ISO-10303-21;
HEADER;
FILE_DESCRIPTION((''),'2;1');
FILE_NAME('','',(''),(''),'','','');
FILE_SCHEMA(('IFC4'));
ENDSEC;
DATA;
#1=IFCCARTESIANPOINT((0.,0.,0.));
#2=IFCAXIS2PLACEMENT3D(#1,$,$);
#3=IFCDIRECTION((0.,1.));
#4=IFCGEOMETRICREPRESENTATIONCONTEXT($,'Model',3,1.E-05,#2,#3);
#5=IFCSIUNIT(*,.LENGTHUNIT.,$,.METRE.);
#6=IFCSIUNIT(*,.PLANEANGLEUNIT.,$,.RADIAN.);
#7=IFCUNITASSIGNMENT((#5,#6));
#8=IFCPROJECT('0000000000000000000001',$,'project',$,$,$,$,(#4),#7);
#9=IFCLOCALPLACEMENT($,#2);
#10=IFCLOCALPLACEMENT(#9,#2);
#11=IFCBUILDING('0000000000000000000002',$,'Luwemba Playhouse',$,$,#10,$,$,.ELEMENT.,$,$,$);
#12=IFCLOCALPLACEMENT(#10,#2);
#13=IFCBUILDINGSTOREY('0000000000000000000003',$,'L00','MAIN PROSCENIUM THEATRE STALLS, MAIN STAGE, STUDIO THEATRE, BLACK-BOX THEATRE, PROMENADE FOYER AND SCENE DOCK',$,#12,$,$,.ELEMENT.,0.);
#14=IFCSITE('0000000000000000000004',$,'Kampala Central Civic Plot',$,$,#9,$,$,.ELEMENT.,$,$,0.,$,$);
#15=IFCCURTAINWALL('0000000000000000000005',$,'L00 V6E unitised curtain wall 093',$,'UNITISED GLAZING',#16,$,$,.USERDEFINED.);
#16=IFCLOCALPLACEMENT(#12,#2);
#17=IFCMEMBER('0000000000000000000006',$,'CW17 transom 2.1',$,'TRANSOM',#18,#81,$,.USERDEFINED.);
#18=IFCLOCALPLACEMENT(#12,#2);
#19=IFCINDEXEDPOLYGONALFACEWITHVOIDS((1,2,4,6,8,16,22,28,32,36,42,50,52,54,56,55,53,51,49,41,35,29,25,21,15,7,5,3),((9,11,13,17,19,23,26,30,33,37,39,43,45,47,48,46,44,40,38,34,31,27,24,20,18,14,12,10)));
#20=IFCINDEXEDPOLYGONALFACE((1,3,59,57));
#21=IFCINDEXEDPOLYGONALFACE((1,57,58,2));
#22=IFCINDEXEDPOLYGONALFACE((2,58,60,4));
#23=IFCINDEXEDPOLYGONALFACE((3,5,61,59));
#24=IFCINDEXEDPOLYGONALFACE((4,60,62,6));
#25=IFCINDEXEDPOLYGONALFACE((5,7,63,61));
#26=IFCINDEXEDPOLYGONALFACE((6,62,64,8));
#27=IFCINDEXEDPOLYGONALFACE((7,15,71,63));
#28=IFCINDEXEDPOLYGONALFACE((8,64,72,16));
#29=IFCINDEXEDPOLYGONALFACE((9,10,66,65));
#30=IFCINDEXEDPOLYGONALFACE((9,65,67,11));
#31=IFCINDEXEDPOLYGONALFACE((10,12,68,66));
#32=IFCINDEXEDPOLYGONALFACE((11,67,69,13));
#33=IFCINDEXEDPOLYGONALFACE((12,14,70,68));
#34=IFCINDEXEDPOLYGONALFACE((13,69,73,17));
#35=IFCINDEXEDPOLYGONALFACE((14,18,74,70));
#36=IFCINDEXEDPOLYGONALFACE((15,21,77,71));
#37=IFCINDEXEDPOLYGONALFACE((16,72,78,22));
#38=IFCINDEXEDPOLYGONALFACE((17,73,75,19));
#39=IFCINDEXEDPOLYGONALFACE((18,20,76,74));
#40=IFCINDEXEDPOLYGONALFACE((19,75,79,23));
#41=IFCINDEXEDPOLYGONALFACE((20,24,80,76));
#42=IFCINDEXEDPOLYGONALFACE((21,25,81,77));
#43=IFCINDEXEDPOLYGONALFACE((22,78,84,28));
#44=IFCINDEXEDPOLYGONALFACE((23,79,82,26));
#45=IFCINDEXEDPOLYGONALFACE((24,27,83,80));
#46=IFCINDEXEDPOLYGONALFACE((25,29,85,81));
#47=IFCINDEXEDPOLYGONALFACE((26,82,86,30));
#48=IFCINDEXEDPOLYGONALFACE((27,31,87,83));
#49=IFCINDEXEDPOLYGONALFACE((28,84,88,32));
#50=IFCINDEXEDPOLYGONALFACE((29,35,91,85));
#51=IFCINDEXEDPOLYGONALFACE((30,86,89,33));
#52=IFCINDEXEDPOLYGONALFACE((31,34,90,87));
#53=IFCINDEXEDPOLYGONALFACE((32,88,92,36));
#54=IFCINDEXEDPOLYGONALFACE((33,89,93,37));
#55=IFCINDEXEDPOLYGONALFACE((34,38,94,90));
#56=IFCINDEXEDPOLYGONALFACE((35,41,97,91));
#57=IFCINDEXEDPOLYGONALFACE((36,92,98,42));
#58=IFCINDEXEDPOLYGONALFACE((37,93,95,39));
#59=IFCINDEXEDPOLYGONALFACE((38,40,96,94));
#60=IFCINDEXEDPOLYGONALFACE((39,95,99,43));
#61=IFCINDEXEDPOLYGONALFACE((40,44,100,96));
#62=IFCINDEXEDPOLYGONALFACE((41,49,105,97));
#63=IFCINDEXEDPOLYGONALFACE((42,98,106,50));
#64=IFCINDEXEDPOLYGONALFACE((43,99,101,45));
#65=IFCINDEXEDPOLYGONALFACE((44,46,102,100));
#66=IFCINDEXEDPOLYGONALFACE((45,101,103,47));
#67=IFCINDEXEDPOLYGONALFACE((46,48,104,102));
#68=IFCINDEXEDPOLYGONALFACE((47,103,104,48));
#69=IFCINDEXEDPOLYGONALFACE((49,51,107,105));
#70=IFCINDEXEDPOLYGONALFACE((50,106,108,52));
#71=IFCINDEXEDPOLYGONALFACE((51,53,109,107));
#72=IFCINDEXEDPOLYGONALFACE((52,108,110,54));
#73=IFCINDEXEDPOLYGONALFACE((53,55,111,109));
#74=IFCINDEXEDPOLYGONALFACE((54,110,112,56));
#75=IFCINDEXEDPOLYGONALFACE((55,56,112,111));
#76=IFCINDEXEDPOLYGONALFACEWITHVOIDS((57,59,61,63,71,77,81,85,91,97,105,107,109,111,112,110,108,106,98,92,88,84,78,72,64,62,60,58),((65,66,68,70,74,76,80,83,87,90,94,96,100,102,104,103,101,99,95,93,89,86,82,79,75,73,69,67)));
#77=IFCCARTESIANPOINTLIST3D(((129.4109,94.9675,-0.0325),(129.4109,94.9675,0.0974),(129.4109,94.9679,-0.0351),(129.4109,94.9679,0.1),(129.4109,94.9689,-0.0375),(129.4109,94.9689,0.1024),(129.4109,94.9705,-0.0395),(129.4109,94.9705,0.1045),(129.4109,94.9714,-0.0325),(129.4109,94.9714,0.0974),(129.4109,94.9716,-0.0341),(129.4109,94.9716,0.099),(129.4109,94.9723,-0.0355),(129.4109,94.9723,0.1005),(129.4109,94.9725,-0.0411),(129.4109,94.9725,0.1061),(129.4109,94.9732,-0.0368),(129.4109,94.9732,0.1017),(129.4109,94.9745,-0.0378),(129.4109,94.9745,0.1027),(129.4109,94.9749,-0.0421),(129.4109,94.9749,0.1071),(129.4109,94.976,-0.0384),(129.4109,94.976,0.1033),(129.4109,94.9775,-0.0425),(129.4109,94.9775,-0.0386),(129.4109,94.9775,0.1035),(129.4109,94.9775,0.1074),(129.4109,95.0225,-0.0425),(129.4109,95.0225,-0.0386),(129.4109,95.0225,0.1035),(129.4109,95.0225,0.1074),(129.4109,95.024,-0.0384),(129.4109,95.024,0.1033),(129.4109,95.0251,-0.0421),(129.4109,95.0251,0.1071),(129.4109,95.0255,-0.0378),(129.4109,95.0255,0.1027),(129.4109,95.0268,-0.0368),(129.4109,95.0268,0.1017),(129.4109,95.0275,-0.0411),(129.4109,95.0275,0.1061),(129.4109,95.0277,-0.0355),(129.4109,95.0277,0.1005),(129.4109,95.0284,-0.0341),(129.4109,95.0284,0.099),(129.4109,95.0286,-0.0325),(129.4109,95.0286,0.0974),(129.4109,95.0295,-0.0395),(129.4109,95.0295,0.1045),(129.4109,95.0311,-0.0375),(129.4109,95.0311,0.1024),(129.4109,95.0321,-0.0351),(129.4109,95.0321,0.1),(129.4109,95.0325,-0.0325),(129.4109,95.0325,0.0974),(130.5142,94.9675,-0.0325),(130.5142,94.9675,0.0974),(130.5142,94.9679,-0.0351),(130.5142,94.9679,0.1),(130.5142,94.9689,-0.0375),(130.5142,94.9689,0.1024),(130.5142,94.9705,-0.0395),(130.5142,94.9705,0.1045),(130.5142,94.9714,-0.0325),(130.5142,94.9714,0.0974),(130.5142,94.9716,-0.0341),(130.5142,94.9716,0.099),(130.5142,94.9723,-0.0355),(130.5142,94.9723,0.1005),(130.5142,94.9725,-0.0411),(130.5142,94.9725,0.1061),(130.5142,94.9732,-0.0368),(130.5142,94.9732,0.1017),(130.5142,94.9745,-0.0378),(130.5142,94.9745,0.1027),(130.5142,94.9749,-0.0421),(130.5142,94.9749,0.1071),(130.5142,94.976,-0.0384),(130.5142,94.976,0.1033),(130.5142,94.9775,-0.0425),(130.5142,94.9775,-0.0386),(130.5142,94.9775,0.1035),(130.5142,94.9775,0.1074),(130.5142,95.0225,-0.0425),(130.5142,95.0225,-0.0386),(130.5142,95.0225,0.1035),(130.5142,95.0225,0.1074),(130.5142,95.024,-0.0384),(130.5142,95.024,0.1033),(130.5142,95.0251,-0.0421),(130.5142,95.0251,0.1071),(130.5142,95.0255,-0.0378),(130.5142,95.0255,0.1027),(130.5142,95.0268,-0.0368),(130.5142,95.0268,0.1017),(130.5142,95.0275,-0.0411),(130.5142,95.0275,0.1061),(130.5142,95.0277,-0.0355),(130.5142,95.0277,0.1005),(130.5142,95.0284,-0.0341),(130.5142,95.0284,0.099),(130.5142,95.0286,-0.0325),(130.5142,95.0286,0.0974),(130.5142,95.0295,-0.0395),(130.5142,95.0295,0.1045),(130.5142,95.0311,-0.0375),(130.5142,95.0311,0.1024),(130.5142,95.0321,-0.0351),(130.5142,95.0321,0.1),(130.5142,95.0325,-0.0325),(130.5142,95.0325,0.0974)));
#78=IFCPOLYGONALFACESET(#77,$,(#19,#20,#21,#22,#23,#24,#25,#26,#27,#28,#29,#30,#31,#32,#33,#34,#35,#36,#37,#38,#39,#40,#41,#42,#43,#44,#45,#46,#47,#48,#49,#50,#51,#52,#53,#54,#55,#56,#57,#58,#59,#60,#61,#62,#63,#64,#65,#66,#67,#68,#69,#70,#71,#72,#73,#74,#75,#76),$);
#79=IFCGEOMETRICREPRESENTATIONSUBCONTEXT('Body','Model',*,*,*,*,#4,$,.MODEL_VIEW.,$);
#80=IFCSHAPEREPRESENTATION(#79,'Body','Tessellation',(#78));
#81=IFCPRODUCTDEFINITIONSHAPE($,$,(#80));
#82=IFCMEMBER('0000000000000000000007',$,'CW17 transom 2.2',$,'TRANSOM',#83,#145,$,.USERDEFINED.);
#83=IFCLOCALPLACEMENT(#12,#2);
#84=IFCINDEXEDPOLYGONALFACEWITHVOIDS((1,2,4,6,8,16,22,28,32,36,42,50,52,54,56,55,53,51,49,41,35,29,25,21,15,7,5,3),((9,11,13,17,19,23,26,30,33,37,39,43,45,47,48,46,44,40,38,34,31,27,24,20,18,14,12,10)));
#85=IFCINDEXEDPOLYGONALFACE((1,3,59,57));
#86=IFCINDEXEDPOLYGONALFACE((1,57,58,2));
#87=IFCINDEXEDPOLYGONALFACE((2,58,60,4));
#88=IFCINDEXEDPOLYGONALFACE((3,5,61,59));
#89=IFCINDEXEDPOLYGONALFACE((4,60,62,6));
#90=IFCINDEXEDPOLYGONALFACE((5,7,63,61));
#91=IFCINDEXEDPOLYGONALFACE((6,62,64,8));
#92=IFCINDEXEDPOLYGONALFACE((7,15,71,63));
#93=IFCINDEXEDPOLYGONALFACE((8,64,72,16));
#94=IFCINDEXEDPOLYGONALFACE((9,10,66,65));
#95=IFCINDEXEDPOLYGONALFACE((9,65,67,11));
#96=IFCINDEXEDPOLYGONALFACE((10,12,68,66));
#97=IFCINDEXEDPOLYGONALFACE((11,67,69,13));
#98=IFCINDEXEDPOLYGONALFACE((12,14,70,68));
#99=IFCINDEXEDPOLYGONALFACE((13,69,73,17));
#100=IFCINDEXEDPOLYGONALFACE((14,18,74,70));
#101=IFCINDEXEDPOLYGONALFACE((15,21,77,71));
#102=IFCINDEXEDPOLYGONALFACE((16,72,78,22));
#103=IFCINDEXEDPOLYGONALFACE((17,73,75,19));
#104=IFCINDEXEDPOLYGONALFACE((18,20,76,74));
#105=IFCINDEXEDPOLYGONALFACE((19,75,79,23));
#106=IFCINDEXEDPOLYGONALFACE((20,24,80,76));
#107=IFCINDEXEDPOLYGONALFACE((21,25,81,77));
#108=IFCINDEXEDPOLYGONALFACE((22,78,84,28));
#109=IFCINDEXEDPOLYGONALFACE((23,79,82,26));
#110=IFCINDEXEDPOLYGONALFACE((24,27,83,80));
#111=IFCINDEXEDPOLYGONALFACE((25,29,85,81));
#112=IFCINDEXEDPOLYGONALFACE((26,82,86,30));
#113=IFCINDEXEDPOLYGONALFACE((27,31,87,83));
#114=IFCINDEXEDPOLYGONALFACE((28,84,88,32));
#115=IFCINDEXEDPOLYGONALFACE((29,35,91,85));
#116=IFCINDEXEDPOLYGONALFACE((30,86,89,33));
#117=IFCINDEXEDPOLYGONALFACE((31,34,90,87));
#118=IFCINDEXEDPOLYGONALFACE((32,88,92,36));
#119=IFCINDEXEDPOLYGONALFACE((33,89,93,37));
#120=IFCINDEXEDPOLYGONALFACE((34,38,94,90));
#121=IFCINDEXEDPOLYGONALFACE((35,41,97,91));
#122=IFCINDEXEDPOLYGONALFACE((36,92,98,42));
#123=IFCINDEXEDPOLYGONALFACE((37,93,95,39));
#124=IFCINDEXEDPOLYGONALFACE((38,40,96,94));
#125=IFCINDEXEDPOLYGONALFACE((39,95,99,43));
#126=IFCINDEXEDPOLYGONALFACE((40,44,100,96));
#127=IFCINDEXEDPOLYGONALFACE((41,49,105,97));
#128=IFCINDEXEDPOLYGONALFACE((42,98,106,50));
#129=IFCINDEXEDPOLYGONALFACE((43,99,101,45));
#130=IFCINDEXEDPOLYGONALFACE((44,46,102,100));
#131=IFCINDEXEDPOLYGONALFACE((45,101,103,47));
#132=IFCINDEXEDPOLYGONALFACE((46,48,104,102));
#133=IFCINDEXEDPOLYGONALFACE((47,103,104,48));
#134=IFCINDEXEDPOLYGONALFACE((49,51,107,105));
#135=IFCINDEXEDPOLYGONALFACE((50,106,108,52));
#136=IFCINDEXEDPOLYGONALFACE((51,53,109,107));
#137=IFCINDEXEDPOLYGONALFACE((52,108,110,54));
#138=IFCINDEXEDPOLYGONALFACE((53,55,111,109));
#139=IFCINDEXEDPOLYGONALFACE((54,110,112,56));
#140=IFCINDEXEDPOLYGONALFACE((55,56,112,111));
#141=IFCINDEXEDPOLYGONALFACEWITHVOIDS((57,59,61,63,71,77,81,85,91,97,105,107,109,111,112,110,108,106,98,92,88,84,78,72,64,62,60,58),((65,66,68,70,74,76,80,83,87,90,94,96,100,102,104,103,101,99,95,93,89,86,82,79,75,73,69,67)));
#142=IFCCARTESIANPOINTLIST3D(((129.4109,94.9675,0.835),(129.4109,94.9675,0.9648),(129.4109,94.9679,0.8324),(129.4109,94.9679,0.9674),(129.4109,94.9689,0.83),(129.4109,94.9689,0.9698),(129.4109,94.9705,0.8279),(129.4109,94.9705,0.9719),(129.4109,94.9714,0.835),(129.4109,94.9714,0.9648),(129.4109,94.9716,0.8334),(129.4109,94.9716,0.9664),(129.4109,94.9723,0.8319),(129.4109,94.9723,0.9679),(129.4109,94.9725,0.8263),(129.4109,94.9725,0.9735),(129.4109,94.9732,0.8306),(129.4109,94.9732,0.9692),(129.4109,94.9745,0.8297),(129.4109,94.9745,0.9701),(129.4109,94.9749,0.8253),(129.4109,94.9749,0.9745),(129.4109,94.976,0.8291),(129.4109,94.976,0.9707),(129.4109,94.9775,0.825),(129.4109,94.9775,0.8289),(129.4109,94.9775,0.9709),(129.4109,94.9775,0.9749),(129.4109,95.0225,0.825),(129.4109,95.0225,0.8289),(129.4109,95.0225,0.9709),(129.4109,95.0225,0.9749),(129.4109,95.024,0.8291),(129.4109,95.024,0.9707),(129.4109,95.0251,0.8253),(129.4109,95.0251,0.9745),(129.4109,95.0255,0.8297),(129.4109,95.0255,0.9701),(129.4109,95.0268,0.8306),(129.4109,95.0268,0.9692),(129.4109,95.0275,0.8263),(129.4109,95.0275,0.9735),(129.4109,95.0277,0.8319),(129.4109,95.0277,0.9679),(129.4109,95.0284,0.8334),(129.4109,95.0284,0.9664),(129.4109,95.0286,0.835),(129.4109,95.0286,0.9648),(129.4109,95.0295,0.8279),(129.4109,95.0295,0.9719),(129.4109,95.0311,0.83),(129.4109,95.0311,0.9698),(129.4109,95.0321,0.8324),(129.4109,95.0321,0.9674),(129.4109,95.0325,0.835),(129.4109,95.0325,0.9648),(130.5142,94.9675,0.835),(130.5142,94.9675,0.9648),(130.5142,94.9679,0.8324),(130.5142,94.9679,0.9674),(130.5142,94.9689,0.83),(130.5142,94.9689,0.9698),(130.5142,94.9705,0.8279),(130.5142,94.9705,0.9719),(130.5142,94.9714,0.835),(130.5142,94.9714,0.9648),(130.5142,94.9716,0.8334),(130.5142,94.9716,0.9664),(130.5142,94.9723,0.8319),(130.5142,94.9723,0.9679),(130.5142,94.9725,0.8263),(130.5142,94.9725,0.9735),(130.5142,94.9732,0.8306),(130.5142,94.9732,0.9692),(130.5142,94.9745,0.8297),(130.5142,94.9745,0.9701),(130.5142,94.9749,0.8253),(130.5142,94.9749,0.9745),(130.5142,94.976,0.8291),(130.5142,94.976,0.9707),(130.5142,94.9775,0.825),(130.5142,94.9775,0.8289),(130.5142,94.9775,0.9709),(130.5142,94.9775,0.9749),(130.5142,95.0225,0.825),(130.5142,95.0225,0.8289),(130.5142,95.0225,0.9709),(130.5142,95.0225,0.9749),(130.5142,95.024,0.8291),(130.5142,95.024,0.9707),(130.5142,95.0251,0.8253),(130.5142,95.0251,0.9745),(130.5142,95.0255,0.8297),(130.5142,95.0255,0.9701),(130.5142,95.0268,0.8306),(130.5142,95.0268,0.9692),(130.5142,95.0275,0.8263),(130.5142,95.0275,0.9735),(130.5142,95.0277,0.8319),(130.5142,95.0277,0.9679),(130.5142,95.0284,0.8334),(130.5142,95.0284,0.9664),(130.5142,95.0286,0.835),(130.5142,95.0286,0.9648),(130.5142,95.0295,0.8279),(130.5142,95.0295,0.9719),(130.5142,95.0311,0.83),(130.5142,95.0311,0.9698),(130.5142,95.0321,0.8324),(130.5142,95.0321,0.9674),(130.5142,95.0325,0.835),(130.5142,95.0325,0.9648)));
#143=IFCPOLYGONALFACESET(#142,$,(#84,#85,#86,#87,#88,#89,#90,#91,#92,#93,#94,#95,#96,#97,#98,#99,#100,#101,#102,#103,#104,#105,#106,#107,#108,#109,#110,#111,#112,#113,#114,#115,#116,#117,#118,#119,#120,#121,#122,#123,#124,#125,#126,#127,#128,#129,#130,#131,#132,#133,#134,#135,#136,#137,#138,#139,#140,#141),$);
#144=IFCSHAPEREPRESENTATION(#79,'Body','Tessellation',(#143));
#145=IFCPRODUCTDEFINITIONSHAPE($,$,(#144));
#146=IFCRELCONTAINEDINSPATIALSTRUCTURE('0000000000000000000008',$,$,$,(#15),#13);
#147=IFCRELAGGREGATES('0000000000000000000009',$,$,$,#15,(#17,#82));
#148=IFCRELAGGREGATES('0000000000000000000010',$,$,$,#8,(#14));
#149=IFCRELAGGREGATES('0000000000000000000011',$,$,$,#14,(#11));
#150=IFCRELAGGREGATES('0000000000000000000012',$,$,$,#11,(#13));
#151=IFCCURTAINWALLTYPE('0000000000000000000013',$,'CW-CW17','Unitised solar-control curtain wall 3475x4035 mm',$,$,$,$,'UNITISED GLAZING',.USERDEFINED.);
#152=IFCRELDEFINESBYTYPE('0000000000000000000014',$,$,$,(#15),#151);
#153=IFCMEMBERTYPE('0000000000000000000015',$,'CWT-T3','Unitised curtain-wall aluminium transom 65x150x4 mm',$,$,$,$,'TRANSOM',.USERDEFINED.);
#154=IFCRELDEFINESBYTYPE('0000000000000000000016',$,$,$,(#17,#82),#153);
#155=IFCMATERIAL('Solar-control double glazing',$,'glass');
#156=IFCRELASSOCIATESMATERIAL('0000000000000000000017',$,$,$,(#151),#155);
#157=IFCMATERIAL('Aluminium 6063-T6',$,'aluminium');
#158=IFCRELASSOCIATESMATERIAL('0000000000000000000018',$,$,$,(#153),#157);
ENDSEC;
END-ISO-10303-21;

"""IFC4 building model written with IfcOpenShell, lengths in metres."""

from ifc_helpers import new_model, si_unit, direction, frame, origin, origin_2d, place, context, subcontext, project, spatial, hollow_rectangle, extrude, material, material_profile, profile_set, type_object, element, aggregate, save


model = new_model("IFC4")

# Units and contexts
model_context = context("Model", 3, precision=1e-05, world=origin(), true_north=direction((0.0, 1.0)))
body_context = subcontext(model_context, "Body", "Model", "MODEL_VIEW")
ifc_project = project(units=[si_unit("LENGTHUNIT", "METRE"), si_unit("PLANEANGLEUNIT", "RADIAN")], contexts=[model_context])

# Site, building, storey
site_placement = place(None, origin())
site = spatial("IfcSite", under=ifc_project, at=site_placement, Name="Kampala Central Civic Plot", CompositionType="ELEMENT", RefElevation=0.0)
building_placement = place(site_placement, origin())
building = spatial("IfcBuilding", under=site, at=building_placement, Name="Luwemba Playhouse", CompositionType="ELEMENT")
storey_placement = place(building_placement, origin())
storey = spatial("IfcBuildingStorey", under=building, at=storey_placement, Name="L00", Description="MAIN PROSCENIUM THEATRE STALLS, MAIN STAGE, STUDIO THEATRE, BLACK-BOX THEATRE, PROMENADE FOYER AND SCENE DOCK", CompositionType="ELEMENT", Elevation=0.0)

# Curtain wall, members
ifc_material_1 = material(Name="Solar-control double glazing", Category="glass")
curtain_wall_type = type_object("IfcCurtainWallType", Name="CW-CW17", Description="Unitised solar-control curtain wall 3475x4035 mm", ElementType="UNITISED GLAZING", PredefinedType="USERDEFINED", material=ifc_material_1)
curtain_wall_placement = place(storey_placement, origin())
curtain_wall = element("IfcCurtainWall", 1, at=curtain_wall_placement, inside=storey, type_object=curtain_wall_type, Name="L00 V6E unitised curtain wall 093", ObjectType="UNITISED GLAZING", PredefinedType="USERDEFINED")
ifc_material_2 = material(Name="Aluminium 6063-T6", Category="aluminium")
ifc_material_profile_1 = material_profile(ifc_material_2, hollow_rectangle(XDim=0.0649, YDim=0.1499, WallThickness=0.0039, InnerFilletRadius=0.0061, OuterFilletRadius=0.01, at=origin_2d()))
ifc_profile_set_1 = profile_set([ifc_material_profile_1], Name="Aluminium 6063-T6")
member_type_1 = type_object("IfcMemberType", Name="CWT-T3", Description="Unitised curtain-wall aluminium transom 65x150x4 mm", ElementType="TRANSOM", PredefinedType="USERDEFINED", material=ifc_profile_set_1)
member_1_placement = place(storey_placement, frame((130.5142, 95.0, 0.0325), z_axis=(-1.0, 0.0, 0.0), x_axis=(0.0, -1.0, 0.0)))
member_1 = element("IfcMember", 2, at=member_1_placement, type_object=member_type_1, Name="CW17 transom 2.1", ObjectType="TRANSOM", PredefinedType="USERDEFINED", context=body_context, shape_type="SweptSolid", body=[
    extrude(hollow_rectangle(XDim=0.0649, YDim=0.1499, WallThickness=0.0039, InnerFilletRadius=0.0061, OuterFilletRadius=0.01, at=origin_2d()), origin(), (0.0, 0.0, 1.0), 1.1033),
])
member_2_placement = place(storey_placement, frame((130.5142, 95.0, 0.8999), z_axis=(-1.0, 0.0, 0.0), x_axis=(0.0, -1.0, 0.0)))
member_2 = element("IfcMember", 3, at=member_2_placement, type_object=member_type_1, Name="CW17 transom 2.2", ObjectType="TRANSOM", PredefinedType="USERDEFINED", context=body_context, shape_type="SweptSolid", body=[
    extrude(hollow_rectangle(XDim=0.0649, YDim=0.1499, WallThickness=0.0039, InnerFilletRadius=0.0061, OuterFilletRadius=0.01, at=origin_2d()), origin(), (0.0, 0.0, 1.0), 1.1033),
])
aggregate(curtain_wall, [member_1, member_2])

save(model, "model.ifc")
